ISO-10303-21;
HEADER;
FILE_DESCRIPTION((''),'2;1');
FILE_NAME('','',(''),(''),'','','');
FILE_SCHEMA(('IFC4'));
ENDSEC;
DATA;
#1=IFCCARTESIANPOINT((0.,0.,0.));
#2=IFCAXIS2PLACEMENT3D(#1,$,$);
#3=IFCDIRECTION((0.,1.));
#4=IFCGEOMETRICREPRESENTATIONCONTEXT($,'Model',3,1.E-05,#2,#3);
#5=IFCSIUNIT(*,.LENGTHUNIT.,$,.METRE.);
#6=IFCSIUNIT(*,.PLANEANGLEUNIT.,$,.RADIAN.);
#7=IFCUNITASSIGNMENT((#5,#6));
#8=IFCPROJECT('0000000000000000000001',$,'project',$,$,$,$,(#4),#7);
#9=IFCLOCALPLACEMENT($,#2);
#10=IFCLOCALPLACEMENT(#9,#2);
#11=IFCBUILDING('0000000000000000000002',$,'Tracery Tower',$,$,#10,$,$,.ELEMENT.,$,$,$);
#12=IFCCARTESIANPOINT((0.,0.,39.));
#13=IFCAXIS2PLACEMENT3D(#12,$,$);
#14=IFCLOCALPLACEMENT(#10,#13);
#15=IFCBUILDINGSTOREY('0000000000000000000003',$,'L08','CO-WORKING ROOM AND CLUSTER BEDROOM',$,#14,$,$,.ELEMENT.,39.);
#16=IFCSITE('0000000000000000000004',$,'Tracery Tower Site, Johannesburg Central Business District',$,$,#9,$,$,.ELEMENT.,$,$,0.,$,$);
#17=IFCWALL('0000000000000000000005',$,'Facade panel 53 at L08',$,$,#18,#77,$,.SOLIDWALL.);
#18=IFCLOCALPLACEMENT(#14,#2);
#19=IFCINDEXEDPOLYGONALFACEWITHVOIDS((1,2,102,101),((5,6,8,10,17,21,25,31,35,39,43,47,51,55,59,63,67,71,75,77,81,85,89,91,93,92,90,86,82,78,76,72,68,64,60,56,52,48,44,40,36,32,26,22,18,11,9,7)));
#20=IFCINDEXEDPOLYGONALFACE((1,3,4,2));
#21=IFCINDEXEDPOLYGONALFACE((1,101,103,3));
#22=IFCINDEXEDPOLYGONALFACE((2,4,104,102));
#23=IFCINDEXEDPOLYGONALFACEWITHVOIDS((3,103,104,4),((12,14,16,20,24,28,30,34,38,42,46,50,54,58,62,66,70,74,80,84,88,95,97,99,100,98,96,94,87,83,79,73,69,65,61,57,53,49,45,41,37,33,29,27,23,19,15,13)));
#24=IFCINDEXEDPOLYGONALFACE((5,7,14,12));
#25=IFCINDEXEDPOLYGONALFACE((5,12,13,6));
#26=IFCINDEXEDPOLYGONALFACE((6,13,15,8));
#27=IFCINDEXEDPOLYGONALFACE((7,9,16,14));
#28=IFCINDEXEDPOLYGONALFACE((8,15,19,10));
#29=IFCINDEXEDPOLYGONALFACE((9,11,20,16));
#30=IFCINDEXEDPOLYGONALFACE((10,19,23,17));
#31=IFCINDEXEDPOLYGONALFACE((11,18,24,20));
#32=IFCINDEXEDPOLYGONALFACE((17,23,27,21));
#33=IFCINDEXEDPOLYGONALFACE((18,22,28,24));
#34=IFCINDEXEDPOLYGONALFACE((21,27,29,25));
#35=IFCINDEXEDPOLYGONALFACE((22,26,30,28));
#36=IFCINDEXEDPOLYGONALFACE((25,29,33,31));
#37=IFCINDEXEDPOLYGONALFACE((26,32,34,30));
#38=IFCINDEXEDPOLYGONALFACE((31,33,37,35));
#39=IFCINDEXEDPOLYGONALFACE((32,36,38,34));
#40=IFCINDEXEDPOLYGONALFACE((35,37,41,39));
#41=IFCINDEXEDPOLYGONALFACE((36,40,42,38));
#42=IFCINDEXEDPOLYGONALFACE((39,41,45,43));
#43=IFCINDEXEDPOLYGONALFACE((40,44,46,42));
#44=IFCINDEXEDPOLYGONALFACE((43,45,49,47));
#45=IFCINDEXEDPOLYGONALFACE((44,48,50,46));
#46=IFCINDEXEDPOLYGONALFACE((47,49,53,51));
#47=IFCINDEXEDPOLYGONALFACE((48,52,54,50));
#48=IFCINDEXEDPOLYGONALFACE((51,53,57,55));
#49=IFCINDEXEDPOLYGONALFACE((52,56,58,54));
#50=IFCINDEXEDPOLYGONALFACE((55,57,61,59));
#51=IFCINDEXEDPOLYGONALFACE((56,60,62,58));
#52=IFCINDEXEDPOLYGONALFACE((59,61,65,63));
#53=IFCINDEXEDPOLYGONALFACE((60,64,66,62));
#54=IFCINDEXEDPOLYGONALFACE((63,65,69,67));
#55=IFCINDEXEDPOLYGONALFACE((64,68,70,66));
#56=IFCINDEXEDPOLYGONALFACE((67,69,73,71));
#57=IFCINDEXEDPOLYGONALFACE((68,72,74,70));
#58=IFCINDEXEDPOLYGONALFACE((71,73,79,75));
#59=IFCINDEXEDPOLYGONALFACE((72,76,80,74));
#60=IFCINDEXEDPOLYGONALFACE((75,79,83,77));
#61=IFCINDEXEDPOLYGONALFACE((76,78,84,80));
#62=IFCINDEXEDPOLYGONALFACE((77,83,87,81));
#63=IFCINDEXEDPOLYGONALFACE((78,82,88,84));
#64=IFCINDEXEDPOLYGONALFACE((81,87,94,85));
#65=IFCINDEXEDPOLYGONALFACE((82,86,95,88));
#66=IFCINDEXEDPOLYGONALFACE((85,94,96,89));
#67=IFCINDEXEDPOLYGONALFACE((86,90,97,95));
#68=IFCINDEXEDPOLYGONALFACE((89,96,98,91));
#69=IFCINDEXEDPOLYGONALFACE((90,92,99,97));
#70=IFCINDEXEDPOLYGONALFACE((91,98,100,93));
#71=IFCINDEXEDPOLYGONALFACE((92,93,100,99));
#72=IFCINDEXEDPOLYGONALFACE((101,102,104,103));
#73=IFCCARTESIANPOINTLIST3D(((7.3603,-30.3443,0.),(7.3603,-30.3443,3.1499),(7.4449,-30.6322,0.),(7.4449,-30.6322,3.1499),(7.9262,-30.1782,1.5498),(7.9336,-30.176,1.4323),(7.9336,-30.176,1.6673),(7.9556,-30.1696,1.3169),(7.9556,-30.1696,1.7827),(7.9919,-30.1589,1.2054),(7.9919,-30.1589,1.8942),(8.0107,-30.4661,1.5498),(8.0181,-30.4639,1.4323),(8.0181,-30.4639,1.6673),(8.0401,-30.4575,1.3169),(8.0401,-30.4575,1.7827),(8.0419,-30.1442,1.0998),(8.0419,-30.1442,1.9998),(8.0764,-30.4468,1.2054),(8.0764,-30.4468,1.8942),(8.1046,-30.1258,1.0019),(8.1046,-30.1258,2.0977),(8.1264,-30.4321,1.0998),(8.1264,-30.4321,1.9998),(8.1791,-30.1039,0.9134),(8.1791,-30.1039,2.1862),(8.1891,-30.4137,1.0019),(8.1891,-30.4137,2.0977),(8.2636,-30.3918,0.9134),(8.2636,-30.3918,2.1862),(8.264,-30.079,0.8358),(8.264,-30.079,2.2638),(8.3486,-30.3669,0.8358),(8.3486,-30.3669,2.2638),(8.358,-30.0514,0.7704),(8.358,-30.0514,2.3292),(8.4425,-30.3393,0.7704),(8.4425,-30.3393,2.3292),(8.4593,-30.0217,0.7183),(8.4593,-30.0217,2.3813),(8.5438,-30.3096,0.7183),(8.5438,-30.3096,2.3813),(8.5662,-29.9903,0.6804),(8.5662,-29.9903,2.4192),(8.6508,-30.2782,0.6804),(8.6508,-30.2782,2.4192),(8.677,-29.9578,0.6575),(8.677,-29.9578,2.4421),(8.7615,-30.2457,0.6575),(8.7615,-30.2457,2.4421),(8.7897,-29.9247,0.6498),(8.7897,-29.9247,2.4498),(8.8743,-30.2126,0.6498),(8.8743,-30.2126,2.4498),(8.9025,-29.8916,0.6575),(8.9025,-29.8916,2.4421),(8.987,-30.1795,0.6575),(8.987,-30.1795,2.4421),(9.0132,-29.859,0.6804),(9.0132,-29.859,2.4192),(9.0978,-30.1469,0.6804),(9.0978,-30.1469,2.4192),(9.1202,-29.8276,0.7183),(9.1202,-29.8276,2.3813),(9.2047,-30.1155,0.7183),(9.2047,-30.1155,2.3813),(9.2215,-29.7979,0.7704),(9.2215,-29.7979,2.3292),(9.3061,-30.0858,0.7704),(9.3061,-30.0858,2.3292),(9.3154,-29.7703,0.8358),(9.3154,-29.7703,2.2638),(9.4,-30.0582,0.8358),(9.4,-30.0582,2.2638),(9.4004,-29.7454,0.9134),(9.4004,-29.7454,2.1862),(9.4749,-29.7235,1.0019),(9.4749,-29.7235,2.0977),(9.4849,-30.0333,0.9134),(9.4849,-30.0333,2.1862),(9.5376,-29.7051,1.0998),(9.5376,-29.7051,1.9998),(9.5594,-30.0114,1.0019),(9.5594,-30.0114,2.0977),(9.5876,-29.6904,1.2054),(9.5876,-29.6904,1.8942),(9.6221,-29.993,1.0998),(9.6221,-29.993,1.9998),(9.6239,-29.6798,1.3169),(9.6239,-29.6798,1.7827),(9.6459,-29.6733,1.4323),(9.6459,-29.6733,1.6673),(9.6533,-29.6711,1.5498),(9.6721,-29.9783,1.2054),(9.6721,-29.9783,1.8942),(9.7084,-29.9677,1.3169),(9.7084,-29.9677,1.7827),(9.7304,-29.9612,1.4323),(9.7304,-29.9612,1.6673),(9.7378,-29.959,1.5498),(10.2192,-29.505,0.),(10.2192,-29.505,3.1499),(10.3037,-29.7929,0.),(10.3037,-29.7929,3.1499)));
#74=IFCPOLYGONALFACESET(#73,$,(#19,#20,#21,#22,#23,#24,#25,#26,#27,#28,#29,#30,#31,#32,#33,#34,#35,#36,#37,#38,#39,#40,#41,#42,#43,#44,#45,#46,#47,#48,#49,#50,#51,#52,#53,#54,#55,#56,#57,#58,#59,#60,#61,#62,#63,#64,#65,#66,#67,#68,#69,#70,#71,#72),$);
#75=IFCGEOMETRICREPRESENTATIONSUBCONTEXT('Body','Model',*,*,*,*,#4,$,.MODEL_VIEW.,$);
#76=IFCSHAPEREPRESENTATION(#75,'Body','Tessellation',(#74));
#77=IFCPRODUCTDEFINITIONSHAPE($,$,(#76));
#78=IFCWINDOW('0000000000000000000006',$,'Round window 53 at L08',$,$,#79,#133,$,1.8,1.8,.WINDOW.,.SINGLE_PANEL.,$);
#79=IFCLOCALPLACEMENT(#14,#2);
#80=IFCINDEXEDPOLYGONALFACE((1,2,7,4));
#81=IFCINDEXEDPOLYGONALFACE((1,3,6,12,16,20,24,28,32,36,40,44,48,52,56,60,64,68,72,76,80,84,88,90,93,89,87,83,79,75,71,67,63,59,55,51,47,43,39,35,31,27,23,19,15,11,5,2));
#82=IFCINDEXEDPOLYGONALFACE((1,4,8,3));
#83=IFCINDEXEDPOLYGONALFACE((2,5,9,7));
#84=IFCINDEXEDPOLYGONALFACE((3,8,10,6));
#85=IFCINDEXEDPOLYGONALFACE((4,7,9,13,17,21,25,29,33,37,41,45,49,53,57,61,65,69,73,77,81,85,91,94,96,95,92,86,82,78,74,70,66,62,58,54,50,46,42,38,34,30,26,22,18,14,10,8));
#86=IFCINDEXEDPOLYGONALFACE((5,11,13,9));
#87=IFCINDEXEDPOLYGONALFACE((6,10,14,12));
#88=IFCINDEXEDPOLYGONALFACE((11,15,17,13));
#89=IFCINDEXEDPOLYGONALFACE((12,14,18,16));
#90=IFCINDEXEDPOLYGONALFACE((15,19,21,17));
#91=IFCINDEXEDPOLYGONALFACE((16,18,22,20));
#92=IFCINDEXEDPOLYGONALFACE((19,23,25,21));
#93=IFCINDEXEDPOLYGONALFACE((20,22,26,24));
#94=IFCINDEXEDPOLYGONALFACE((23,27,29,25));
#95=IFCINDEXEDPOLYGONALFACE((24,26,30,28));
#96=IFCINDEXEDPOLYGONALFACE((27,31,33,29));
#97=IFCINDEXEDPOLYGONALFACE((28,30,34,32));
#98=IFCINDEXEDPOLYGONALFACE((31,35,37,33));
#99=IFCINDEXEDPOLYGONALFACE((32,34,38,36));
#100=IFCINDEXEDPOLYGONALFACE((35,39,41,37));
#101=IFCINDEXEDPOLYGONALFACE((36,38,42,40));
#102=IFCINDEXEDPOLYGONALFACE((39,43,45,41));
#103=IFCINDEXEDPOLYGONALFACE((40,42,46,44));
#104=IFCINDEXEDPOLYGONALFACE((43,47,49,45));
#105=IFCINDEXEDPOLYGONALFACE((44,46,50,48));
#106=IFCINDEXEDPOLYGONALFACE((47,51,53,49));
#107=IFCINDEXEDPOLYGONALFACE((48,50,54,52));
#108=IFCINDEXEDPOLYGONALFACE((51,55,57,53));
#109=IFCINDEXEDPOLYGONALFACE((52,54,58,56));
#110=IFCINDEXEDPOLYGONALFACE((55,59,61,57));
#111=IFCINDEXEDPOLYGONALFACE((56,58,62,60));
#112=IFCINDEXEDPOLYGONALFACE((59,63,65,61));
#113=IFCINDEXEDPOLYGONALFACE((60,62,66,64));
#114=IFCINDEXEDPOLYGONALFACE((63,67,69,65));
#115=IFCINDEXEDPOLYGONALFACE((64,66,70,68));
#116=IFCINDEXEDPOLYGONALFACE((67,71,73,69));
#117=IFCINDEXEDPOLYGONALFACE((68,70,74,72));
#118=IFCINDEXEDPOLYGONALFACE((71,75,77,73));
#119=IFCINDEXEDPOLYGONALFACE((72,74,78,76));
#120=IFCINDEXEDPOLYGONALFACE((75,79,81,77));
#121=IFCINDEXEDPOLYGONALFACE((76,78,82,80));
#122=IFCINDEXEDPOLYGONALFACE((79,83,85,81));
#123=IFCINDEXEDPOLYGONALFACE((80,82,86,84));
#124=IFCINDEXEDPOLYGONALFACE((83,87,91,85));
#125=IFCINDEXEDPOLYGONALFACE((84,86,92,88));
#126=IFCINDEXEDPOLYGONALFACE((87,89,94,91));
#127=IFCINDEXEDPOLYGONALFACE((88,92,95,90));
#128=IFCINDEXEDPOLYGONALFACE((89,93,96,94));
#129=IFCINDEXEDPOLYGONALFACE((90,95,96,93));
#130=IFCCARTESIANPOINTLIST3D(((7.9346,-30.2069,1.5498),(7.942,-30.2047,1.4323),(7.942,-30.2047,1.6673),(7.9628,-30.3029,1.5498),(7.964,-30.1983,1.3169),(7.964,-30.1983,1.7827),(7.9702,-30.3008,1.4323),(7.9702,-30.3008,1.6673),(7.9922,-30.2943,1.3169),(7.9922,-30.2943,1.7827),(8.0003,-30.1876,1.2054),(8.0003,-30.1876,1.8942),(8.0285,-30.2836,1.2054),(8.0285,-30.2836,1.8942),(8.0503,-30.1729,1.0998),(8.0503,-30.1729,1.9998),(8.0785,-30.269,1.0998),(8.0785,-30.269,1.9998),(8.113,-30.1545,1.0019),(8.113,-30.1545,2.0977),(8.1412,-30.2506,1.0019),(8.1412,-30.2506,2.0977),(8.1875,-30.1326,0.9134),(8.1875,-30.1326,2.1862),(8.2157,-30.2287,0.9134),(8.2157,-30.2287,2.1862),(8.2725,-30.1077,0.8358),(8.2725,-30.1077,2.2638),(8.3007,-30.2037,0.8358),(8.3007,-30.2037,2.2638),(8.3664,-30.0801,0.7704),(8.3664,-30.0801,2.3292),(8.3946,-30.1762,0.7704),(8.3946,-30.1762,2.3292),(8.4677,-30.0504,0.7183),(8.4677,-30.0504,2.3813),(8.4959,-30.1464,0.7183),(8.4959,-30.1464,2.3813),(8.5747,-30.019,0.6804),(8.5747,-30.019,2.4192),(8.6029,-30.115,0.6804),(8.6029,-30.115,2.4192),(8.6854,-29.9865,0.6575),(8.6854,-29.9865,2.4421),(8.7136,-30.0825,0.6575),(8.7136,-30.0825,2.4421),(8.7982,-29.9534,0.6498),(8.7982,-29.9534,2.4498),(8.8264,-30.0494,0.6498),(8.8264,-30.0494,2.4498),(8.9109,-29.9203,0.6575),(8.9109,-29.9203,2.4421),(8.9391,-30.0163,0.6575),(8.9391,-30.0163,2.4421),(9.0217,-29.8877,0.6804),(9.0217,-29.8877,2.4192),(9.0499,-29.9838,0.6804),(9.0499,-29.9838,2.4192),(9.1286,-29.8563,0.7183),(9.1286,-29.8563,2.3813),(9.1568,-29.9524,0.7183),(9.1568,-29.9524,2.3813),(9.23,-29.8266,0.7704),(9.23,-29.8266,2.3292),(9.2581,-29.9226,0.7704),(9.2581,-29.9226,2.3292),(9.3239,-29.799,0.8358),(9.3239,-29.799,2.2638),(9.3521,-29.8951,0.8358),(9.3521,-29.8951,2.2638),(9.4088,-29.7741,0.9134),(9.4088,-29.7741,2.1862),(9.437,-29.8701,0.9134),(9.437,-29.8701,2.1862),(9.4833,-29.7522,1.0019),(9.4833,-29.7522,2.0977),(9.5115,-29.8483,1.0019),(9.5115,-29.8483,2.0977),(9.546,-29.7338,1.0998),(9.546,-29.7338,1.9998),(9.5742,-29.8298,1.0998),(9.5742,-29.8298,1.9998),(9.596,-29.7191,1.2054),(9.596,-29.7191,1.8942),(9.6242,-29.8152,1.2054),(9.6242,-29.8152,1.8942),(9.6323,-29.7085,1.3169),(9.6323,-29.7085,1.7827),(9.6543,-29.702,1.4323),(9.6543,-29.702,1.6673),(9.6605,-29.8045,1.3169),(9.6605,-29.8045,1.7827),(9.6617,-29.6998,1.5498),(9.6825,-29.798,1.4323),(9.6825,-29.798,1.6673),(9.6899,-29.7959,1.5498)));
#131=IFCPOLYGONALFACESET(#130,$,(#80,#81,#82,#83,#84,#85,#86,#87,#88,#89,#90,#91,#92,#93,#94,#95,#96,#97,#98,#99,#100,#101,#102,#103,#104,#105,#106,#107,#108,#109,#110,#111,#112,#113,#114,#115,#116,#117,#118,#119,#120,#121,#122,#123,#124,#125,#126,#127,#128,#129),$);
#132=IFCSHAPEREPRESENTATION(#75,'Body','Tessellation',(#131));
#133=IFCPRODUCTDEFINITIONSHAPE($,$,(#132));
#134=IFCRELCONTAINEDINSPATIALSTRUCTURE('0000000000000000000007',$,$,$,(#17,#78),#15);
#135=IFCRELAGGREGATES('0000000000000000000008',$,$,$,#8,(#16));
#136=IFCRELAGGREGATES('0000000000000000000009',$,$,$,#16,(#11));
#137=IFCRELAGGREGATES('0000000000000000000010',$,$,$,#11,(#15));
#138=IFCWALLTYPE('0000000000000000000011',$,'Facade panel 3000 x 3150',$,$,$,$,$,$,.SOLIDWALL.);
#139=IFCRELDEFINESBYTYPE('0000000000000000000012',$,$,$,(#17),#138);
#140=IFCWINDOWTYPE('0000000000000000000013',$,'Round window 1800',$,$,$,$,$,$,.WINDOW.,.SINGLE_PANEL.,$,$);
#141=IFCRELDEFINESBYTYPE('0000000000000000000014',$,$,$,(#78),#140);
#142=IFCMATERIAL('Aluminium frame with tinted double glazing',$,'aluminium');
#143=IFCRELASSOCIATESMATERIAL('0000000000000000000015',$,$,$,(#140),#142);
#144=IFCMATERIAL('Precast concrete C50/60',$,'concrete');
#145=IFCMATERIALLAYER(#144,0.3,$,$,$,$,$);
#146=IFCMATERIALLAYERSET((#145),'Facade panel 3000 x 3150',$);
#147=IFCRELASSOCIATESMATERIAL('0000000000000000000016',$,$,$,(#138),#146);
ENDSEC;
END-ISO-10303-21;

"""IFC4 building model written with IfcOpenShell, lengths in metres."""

from ifc_helpers import new_model, si_unit, direction, frame, frame_2d, origin, origin_2d, place, context, subcontext, project, spatial, rectangle, circle, extrude, material, layer, layer_set, type_object, element, fill, save


model = new_model("IFC4")

# Units and contexts
model_context = context("Model", 3, precision=1e-05, world=origin(), true_north=direction((0.0, 1.0)))
body_context = subcontext(model_context, "Body", "Model", "MODEL_VIEW")
ifc_project = project(units=[si_unit("LENGTHUNIT", "METRE"), si_unit("PLANEANGLEUNIT", "RADIAN")], contexts=[model_context])

# Site, building, storey
site_placement = place(None, origin())
site = spatial("IfcSite", under=ifc_project, at=site_placement, Name="Tracery Tower Site, Johannesburg Central Business District", CompositionType="ELEMENT", RefElevation=0.0)
building_placement = place(site_placement, origin())
building = spatial("IfcBuilding", under=site, at=building_placement, Name="Tracery Tower", CompositionType="ELEMENT")
storey_placement = place(building_placement, frame((0.0, 0.0, 39.0)))
storey = spatial("IfcBuildingStorey", under=building, at=storey_placement, Name="L08", Description="CO-WORKING ROOM AND CLUSTER BEDROOM", CompositionType="ELEMENT", Elevation=39.0)

# Wall, opening, window
ifc_material_1 = material(Name="Aluminium frame with tinted double glazing", Category="aluminium")
window_type = type_object("IfcWindowType", Name="Round window 1800", PartitioningType="SINGLE_PANEL", PredefinedType="WINDOW", material=ifc_material_1)
ifc_material_2 = material(Name="Precast concrete C50/60", Category="concrete")
ifc_layer_1 = layer(ifc_material_2, 0.3)
ifc_layer_set_1 = layer_set([ifc_layer_1], Name="Facade panel 3000 x 3150")
wall_type_1 = type_object("IfcWallType", Name="Facade panel 3000 x 3150", PredefinedType="SOLIDWALL", material=ifc_layer_set_1)
wall_1_placement = place(storey_placement, frame((7.4026, -30.4883, 0.0), z_axis=(0.0, 0.0, 1.0), x_axis=(0.959501, 0.281705, 0.0)))
wall_1 = element("IfcWall", 1, at=wall_1_placement, inside=storey, type_object=wall_type_1, Name="Facade panel 53 at L08", PredefinedType="SOLIDWALL", context=body_context, shape_type="SweptSolid", body=[
    extrude(rectangle(XDim=2.9795, YDim=0.3, at=frame_2d((1.4897, 0.0))), origin(), (0.0, 0.0, 1.0), 3.1499),
])
opening_1_placement = place(wall_1_placement, frame((1.4897, 0.0, 1.5498)))
opening_1 = element("IfcOpeningElement", 2, at=opening_1_placement, cuts=wall_1, PredefinedType="OPENING", context=body_context, shape_type="SweptSolid", body=[
    extrude(circle(Radius=0.9, at=origin_2d()), frame((0.0, 0.1599, 0.0), z_axis=(0.0, -1.0, 0.0), x_axis=(1.0, 0.0, 0.0)), (0.0, 0.0, 1.0), 0.3201),
])
window_1_placement = place(opening_1_placement, origin())
window_1 = element("IfcWindow", 3, at=window_1_placement, inside=storey, type_object=window_type, Name="Round window 53 at L08", OverallHeight=1.8, OverallWidth=1.8, PartitioningType="SINGLE_PANEL", PredefinedType="WINDOW", context=body_context, shape_type="SweptSolid", body=[
    extrude(circle(Radius=0.9, at=origin_2d()), frame((0.0, 0.1201, 0.0), z_axis=(0.0, -1.0, 0.0), x_axis=(1.0, 0.0, 0.0)), (0.0, 0.0, 1.0), 0.1001),
])
fill(opening_1, window_1)

save(model, "model.ifc")
